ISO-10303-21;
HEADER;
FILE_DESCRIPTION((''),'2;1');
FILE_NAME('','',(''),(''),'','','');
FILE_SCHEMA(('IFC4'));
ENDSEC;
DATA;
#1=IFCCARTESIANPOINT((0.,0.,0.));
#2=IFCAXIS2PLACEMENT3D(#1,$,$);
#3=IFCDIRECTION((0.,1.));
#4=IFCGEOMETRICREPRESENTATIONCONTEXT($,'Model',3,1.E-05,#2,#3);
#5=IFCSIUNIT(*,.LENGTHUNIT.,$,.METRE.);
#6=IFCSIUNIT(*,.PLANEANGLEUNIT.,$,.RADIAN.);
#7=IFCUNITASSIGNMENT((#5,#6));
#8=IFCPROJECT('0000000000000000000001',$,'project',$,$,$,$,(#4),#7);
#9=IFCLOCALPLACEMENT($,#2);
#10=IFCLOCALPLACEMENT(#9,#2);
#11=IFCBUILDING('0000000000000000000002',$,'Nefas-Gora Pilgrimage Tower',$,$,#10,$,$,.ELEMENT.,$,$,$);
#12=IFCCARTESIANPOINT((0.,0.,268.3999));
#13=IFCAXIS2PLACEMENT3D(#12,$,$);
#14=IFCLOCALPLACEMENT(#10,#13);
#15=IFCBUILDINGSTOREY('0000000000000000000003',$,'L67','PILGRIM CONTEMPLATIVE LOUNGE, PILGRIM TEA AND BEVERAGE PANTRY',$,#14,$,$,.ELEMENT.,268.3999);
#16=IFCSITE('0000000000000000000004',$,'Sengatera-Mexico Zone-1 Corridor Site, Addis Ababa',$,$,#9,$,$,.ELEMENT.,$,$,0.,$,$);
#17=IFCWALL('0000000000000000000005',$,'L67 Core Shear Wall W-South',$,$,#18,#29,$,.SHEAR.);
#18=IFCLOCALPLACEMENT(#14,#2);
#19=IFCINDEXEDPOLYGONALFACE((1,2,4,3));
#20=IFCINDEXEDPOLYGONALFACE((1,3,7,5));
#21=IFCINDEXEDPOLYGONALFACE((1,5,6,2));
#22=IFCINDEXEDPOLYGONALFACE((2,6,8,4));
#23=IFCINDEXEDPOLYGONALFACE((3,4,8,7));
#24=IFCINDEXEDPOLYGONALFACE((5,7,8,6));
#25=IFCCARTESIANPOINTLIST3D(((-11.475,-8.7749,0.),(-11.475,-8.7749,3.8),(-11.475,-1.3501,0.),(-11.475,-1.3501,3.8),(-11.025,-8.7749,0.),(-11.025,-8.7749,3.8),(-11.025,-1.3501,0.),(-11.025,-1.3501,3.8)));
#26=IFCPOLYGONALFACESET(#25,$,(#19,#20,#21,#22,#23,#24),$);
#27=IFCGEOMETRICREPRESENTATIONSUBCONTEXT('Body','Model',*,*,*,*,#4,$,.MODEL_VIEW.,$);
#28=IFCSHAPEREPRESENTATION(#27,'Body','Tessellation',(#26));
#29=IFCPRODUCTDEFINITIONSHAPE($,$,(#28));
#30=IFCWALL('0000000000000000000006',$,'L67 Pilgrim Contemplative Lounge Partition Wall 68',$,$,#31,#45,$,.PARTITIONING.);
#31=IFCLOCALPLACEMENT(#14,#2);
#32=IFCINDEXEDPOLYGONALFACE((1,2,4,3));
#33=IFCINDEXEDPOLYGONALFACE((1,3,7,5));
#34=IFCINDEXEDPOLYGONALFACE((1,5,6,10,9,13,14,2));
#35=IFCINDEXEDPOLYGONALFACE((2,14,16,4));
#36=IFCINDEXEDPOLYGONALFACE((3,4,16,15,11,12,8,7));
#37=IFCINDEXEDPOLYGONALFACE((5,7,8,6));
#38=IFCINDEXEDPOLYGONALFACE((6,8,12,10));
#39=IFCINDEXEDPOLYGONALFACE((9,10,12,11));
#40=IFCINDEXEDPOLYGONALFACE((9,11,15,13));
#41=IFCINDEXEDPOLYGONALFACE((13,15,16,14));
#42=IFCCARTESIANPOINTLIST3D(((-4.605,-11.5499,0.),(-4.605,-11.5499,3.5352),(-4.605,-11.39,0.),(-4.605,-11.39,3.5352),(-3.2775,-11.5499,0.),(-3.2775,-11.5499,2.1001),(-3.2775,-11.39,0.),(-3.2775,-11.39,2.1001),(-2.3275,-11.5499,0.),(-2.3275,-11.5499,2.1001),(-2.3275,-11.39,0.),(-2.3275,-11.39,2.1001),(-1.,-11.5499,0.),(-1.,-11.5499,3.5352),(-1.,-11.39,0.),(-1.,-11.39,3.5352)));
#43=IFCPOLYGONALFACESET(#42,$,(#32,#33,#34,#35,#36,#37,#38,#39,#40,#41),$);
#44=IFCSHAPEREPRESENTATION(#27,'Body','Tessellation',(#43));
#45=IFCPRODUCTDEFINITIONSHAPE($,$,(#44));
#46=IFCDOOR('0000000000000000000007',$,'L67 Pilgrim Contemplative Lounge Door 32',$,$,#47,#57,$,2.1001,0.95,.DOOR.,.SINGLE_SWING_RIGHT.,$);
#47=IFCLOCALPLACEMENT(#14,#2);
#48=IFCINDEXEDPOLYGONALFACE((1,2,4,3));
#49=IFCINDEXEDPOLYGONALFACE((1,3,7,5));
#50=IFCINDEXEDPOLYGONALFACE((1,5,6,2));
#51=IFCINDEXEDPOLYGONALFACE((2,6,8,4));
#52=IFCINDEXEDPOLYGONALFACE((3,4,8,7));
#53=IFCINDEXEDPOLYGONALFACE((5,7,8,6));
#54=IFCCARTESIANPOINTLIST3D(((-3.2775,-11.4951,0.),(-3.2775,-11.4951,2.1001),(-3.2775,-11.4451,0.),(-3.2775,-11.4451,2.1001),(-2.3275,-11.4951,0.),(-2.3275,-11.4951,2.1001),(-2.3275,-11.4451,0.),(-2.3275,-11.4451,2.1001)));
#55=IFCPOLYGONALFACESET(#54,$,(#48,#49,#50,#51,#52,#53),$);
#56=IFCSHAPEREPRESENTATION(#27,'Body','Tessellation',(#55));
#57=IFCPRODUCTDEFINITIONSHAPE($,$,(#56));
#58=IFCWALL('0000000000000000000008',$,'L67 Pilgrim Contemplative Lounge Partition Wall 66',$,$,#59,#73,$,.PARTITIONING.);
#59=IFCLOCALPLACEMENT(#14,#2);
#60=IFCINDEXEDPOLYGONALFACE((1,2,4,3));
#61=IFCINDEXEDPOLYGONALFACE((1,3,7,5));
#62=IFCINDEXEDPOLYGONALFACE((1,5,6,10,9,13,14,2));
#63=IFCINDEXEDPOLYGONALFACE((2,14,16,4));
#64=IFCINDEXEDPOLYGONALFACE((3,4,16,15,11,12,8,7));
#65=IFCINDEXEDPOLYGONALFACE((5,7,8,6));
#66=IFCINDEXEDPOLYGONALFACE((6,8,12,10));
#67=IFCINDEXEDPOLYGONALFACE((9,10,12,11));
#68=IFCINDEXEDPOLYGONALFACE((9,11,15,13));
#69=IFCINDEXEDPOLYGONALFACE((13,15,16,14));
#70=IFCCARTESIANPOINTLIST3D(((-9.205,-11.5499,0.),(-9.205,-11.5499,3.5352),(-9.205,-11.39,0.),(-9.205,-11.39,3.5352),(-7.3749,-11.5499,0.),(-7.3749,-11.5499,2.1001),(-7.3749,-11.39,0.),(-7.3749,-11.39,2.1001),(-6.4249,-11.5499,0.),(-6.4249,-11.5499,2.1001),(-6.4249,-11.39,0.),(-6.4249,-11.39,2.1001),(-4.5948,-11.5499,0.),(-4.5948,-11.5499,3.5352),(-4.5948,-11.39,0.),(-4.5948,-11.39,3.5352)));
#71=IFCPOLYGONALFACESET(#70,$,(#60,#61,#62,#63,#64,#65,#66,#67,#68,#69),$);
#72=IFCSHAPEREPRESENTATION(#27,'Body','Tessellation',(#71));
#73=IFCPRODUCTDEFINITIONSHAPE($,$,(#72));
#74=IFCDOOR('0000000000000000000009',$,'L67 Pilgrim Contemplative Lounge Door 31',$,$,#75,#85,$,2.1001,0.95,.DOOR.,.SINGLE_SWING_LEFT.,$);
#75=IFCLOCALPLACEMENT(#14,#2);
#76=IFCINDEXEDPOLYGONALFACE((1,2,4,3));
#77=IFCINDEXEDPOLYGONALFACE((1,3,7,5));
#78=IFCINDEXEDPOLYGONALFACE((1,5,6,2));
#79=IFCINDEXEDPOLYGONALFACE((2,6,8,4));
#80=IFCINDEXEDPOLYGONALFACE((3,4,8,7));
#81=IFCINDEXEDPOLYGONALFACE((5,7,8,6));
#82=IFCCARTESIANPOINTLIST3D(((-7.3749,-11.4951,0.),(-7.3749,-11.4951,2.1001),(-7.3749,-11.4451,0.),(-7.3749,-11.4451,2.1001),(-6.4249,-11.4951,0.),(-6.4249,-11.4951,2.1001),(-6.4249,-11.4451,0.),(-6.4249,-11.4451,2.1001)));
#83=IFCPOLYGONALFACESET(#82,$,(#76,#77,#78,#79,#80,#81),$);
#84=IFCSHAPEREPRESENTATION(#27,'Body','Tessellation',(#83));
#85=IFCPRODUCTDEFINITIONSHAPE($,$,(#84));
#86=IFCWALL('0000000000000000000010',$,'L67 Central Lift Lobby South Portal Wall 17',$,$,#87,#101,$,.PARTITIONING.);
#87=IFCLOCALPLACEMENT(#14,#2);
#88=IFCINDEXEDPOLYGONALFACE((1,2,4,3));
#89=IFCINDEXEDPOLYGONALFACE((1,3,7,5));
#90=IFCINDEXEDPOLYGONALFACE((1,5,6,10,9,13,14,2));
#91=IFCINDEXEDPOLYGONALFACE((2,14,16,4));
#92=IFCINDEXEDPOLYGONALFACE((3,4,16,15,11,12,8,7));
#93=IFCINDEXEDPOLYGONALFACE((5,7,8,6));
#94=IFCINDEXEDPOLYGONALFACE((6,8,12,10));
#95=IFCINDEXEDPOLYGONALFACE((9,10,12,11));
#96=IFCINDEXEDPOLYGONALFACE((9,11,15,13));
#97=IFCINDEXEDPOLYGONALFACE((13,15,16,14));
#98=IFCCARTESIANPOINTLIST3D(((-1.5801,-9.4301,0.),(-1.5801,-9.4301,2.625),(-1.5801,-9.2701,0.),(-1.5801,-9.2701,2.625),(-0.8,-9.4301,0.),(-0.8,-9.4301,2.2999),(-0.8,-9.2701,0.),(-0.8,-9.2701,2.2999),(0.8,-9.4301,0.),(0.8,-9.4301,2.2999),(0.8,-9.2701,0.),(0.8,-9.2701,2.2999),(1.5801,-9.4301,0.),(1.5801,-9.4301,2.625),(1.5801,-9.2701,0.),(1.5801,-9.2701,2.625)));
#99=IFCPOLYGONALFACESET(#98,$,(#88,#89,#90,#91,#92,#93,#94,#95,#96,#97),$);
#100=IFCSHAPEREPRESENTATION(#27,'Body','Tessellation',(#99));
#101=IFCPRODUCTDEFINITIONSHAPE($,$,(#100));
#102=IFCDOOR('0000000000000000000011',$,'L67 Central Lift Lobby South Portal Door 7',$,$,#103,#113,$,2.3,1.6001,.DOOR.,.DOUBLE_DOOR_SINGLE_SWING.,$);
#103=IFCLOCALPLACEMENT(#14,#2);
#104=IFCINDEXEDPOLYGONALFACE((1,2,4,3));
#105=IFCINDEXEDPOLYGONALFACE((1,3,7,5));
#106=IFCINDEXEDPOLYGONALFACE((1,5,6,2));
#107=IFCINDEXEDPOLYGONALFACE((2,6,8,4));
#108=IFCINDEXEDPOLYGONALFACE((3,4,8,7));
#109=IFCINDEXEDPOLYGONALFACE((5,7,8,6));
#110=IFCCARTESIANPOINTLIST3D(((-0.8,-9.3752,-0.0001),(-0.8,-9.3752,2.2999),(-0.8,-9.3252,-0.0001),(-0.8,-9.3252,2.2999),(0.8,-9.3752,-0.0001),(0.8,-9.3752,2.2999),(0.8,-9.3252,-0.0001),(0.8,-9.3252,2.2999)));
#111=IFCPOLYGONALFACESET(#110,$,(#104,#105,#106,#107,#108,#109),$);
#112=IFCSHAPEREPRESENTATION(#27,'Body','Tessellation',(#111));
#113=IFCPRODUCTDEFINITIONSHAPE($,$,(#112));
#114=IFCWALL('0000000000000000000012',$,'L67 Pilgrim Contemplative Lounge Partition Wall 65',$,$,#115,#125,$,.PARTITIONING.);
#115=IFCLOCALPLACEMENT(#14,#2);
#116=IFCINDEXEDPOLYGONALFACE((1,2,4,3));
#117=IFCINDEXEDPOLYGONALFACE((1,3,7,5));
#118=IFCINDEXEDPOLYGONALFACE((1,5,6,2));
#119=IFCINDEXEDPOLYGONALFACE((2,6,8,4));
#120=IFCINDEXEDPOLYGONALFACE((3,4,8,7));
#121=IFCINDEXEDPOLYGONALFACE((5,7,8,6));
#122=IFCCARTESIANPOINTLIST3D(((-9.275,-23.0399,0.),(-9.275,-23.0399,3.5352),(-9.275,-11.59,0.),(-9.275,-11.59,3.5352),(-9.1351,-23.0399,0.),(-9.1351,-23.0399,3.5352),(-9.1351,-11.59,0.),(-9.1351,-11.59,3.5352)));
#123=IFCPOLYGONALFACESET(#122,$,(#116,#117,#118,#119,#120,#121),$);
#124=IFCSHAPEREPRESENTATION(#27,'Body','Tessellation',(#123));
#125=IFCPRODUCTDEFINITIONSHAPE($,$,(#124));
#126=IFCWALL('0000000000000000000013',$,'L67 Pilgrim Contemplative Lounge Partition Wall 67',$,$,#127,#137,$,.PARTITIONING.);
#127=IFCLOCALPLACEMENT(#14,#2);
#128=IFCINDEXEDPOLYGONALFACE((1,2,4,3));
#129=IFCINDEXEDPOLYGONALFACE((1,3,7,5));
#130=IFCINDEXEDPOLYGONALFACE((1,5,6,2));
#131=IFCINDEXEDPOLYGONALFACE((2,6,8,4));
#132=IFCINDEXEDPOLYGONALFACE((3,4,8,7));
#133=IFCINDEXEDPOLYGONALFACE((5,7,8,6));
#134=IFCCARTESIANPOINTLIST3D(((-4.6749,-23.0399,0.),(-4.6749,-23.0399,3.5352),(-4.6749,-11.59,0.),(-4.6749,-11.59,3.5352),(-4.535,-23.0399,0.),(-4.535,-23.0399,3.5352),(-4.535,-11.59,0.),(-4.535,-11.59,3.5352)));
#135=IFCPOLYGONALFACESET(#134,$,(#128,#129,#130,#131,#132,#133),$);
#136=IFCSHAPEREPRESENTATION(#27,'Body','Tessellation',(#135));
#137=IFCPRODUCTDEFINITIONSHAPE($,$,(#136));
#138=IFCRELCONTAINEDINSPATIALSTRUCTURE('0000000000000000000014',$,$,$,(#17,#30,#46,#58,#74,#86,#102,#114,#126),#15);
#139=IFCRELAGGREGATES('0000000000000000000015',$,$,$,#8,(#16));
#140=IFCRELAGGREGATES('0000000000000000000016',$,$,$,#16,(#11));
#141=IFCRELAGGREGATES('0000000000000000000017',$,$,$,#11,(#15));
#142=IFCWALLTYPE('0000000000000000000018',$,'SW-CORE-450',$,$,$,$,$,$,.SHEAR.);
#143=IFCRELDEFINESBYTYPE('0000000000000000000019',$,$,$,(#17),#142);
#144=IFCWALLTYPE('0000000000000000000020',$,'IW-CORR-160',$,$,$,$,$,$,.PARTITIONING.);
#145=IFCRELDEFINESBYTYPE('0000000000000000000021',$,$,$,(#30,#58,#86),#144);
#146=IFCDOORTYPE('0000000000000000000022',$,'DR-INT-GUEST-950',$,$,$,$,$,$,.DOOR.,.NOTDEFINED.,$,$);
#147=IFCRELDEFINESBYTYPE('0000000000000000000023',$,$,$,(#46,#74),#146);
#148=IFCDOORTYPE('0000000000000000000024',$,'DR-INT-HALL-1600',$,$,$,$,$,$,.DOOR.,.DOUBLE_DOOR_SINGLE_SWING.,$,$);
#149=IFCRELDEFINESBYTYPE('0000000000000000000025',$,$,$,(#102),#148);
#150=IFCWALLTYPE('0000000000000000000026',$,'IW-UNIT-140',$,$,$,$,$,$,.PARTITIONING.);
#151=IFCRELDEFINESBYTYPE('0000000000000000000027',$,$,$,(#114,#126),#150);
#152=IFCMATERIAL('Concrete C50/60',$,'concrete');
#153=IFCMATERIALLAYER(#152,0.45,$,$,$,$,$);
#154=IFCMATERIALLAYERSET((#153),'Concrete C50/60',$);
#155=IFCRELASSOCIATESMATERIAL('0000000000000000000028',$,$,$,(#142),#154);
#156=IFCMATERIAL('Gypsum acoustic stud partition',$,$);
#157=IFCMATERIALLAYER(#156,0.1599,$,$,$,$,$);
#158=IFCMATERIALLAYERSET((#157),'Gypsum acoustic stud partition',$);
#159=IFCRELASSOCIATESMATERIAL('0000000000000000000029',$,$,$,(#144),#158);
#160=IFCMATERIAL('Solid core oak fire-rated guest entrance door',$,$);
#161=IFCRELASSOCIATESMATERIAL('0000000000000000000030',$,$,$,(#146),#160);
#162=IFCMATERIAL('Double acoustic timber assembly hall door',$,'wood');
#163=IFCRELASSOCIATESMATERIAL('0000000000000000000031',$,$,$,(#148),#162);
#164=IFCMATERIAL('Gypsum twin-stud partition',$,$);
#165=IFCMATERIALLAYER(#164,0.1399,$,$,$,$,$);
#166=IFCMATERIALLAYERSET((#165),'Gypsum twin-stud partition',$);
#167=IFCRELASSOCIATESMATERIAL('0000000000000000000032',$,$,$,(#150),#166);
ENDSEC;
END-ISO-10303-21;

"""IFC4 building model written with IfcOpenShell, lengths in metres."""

from ifc_helpers import new_model, si_unit, direction, frame, frame_2d, origin, place, context, subcontext, project, spatial, rectangle, extrude, source, transform, mapped, material, layer, layer_set, type_object, element, fill, save


model = new_model("IFC4")

# Units and contexts
model_context = context("Model", 3, precision=1e-05, world=origin(), true_north=direction((0.0, 1.0)))
body_context = subcontext(model_context, "Body", "Model", "MODEL_VIEW")
ifc_project = project(units=[si_unit("LENGTHUNIT", "METRE"), si_unit("PLANEANGLEUNIT", "RADIAN")], contexts=[model_context])

# Site, building, storey
site_placement = place(None, origin())
site = spatial("IfcSite", under=ifc_project, at=site_placement, Name="Sengatera-Mexico Zone-1 Corridor Site, Addis Ababa", CompositionType="ELEMENT", RefElevation=0.0)
building_placement = place(site_placement, origin())
building = spatial("IfcBuilding", under=site, at=building_placement, Name="Nefas-Gora Pilgrimage Tower", CompositionType="ELEMENT")
storey_placement = place(building_placement, frame((0.0, 0.0, 268.3999)))
storey = spatial("IfcBuildingStorey", under=building, at=storey_placement, Name="L67", Description="PILGRIM CONTEMPLATIVE LOUNGE, PILGRIM TEA AND BEVERAGE PANTRY", CompositionType="ELEMENT", Elevation=268.3999)

# Shared definitions
ifc_material_1 = material(Name="Concrete C50/60", Category="concrete")

# Wall
ifc_layer_1 = layer(ifc_material_1, 0.45)
ifc_layer_set_1 = layer_set([ifc_layer_1], Name="Concrete C50/60")
wall_type_1 = type_object("IfcWallType", Name="SW-CORE-450", PredefinedType="SHEAR", material=ifc_layer_set_1)
shared_shape_1 = source(origin(), body_context, "Body", "SweptSolid", [
    extrude(rectangle(XDim=7.4248, YDim=0.45, at=frame_2d((3.7124, 0.0))), origin(), (0.0, 0.0, 1.0), 3.8),
])
wall_1_placement = place(storey_placement, frame((-11.25, -8.7749, 0.0), z_axis=(0.0, 0.0, 1.0), x_axis=(0.0, 1.0, 0.0)))
element("IfcWall", 1, at=wall_1_placement, inside=storey, type_object=wall_type_1, Name="L67 Core Shear Wall W-South", PredefinedType="SHEAR", context=body_context, shape_type="MappedRepresentation", body=[
    mapped(shared_shape_1, transform((0.0, 0.0, 0.0), x_axis=(1.0, 0.0, 0.0), y_axis=(0.0, 1.0, 0.0), z_axis=(0.0, 0.0, 1.0), scale=1.0)),
])

# Walls, openings, doors
ifc_material_2 = material(Name="Gypsum acoustic stud partition")
ifc_layer_2 = layer(ifc_material_2, 0.1599)
ifc_layer_set_2 = layer_set([ifc_layer_2], Name="Gypsum acoustic stud partition")
wall_type_2 = type_object("IfcWallType", Name="IW-CORR-160", PredefinedType="PARTITIONING", material=ifc_layer_set_2)
shared_shape_2 = source(origin(), body_context, "Body", "SweptSolid", [
    extrude(rectangle(XDim=3.605, YDim=0.1599, at=frame_2d((1.8025, 0.0))), origin(), (0.0, 0.0, 1.0), 3.5352),
])
wall_2_placement = place(storey_placement, frame((-4.605, -11.47, 0.0), z_axis=(0.0, 0.0, 1.0), x_axis=(1.0, 0.0, 0.0)))
wall_2 = element("IfcWall", 2, at=wall_2_placement, inside=storey, type_object=wall_type_2, Name="L67 Pilgrim Contemplative Lounge Partition Wall 68", PredefinedType="PARTITIONING", context=body_context, shape_type="MappedRepresentation", body=[
    mapped(shared_shape_2, transform((0.0, 0.0, 0.0), x_axis=(1.0, 0.0, 0.0), y_axis=(0.0, 1.0, 0.0), z_axis=(0.0, 0.0, 1.0), scale=1.0)),
])
opening_1_placement = place(wall_2_placement, frame((1.3274, 0.0, 0.0)))
opening_1 = element("IfcOpeningElement", 3, at=opening_1_placement, cuts=wall_2, PredefinedType="OPENING", context=body_context, shape_type="SweptSolid", body=[
    extrude(rectangle(XDim=0.95, YDim=2.1001, at=frame_2d((0.4751, 1.05))), frame((0.0, 0.0898, 0.0), z_axis=(0.0, -1.0, 0.0), x_axis=(1.0, 0.0, 0.0)), (0.0, 0.0, 1.0), 0.1799),
])
ifc_material_3 = material(Name="Solid core oak fire-rated guest entrance door")
door_type_1 = type_object("IfcDoorType", Name="DR-INT-GUEST-950", OperationType="NOTDEFINED", PredefinedType="DOOR", material=ifc_material_3)
shared_shape_3 = source(origin(), body_context, "Body", "SweptSolid", [
    extrude(rectangle(XDim=0.95, YDim=2.1001, at=frame_2d((0.4751, 1.05))), frame((0.0, 0.0249, 0.0), z_axis=(0.0, -1.0, 0.0), x_axis=(1.0, 0.0, 0.0)), (0.0, 0.0, 1.0), 0.05),
])
door_1_placement = place(opening_1_placement, origin())
door_1 = element("IfcDoor", 4, at=door_1_placement, inside=storey, type_object=door_type_1, Name="L67 Pilgrim Contemplative Lounge Door 32", OperationType="SINGLE_SWING_RIGHT", OverallHeight=2.1001, OverallWidth=0.95, PredefinedType="DOOR", context=body_context, shape_type="MappedRepresentation", body=[
    mapped(shared_shape_3, transform((0.0, 0.0, 0.0), x_axis=(1.0, 0.0, 0.0), y_axis=(0.0, 1.0, 0.0), z_axis=(0.0, 0.0, 1.0), scale=1.0)),
])
fill(opening_1, door_1)
shared_shape_4 = source(origin(), body_context, "Body", "SweptSolid", [
    extrude(rectangle(XDim=4.6101, YDim=0.1599, at=frame_2d((2.3052, 0.0))), origin(), (0.0, 0.0, 1.0), 3.5352),
])
wall_3_placement = place(storey_placement, frame((-9.2051, -11.47, 0.0), z_axis=(0.0, 0.0, 1.0), x_axis=(1.0, 0.0, 0.0)))
wall_3 = element("IfcWall", 5, at=wall_3_placement, inside=storey, type_object=wall_type_2, Name="L67 Pilgrim Contemplative Lounge Partition Wall 66", PredefinedType="PARTITIONING", context=body_context, shape_type="MappedRepresentation", body=[
    mapped(shared_shape_4, transform((0.0, 0.0, 0.0), x_axis=(1.0, 0.0, 0.0), y_axis=(0.0, 1.0, 0.0), z_axis=(0.0, 0.0, 1.0), scale=1.0)),
])
opening_2_placement = place(wall_3_placement, frame((1.8301, 0.0, 0.0)))
opening_2 = element("IfcOpeningElement", 6, at=opening_2_placement, cuts=wall_3, PredefinedType="OPENING", context=body_context, shape_type="SweptSolid", body=[
    extrude(rectangle(XDim=0.95, YDim=2.1001, at=frame_2d((0.4751, 1.05))), frame((0.0, 0.0898, 0.0), z_axis=(0.0, -1.0, 0.0), x_axis=(1.0, 0.0, 0.0)), (0.0, 0.0, 1.0), 0.1799),
])
door_2_placement = place(opening_2_placement, origin())
door_2 = element("IfcDoor", 7, at=door_2_placement, inside=storey, type_object=door_type_1, Name="L67 Pilgrim Contemplative Lounge Door 31", OperationType="SINGLE_SWING_LEFT", OverallHeight=2.1001, OverallWidth=0.95, PredefinedType="DOOR", context=body_context, shape_type="MappedRepresentation", body=[
    mapped(shared_shape_3, transform((0.0, 0.0, 0.0), x_axis=(1.0, 0.0, 0.0), y_axis=(0.0, 1.0, 0.0), z_axis=(0.0, 0.0, 1.0), scale=1.0)),
])
fill(opening_2, door_2)
shared_shape_5 = source(origin(), body_context, "Body", "SweptSolid", [
    extrude(rectangle(XDim=3.1602, YDim=0.1599, at=frame_2d((1.5801, 0.0))), origin(), (0.0, 0.0, 1.0), 2.625),
])
wall_4_placement = place(storey_placement, frame((-1.5801, -9.3501, 0.0), z_axis=(0.0, 0.0, 1.0), x_axis=(1.0, 0.0, 0.0)))
wall_4 = element("IfcWall", 8, at=wall_4_placement, inside=storey, type_object=wall_type_2, Name="L67 Central Lift Lobby South Portal Wall 17", PredefinedType="PARTITIONING", context=body_context, shape_type="MappedRepresentation", body=[
    mapped(shared_shape_5, transform((0.0, 0.0, 0.0), x_axis=(1.0, 0.0, 0.0), y_axis=(0.0, 1.0, 0.0), z_axis=(0.0, 0.0, 1.0), scale=1.0)),
])
opening_3_placement = place(wall_4_placement, frame((0.78, 0.0, 0.0)))
opening_3 = element("IfcOpeningElement", 9, at=opening_3_placement, cuts=wall_4, PredefinedType="OPENING", context=body_context, shape_type="SweptSolid", body=[
    extrude(rectangle(XDim=1.6001, YDim=2.3, at=frame_2d((0.8, 1.1499))), frame((0.0, 0.0898, 0.0), z_axis=(0.0, -1.0, 0.0), x_axis=(1.0, 0.0, 0.0)), (0.0, 0.0, 1.0), 0.1799),
])
ifc_material_4 = material(Name="Double acoustic timber assembly hall door", Category="wood")
door_type_2 = type_object("IfcDoorType", Name="DR-INT-HALL-1600", OperationType="DOUBLE_DOOR_SINGLE_SWING", PredefinedType="DOOR", material=ifc_material_4)
shared_shape_6 = source(origin(), body_context, "Body", "SweptSolid", [
    extrude(rectangle(XDim=1.6001, YDim=2.3, at=frame_2d((0.8, 1.1499))), frame((0.0, 0.0249, 0.0), z_axis=(0.0, -1.0, 0.0), x_axis=(1.0, 0.0, 0.0)), (0.0, 0.0, 1.0), 0.05),
])
door_3_placement = place(opening_3_placement, origin())
door_3 = element("IfcDoor", 10, at=door_3_placement, inside=storey, type_object=door_type_2, Name="L67 Central Lift Lobby South Portal Door 7", OperationType="DOUBLE_DOOR_SINGLE_SWING", OverallHeight=2.3, OverallWidth=1.6001, PredefinedType="DOOR", context=body_context, shape_type="MappedRepresentation", body=[
    mapped(shared_shape_6, transform((0.0, 0.0, 0.0), x_axis=(1.0, 0.0, 0.0), y_axis=(0.0, 1.0, 0.0), z_axis=(0.0, 0.0, 1.0), scale=1.0)),
])
fill(opening_3, door_3)

# Walls
ifc_material_5 = material(Name="Gypsum twin-stud partition")
ifc_layer_3 = layer(ifc_material_5, 0.1399)
ifc_layer_set_3 = layer_set([ifc_layer_3], Name="Gypsum twin-stud partition")
wall_type_3 = type_object("IfcWallType", Name="IW-UNIT-140", PredefinedType="PARTITIONING", material=ifc_layer_set_3)
shared_shape_7 = source(origin(), body_context, "Body", "SweptSolid", [
    extrude(rectangle(XDim=11.45, YDim=0.1399, at=frame_2d((5.7251, 0.0))), origin(), (0.0, 0.0, 1.0), 3.5352),
])
for number, where, z_axis, x_axis, name in (
    (11, (-9.2051, -23.04, 0.0), (0.0, 0.0, 1.0), (0.0, 1.0, 0.0), "L67 Pilgrim Contemplative Lounge Partition Wall 65"),
    (12, (-4.605, -23.04, 0.0), (0.0, 0.0, 1.0), (0.0, 1.0, 0.0), "L67 Pilgrim Contemplative Lounge Partition Wall 67"),
):
    element("IfcWall", number, at=place(storey_placement, frame(where, z_axis=z_axis, x_axis=x_axis)), inside=storey, type_object=wall_type_3, Name=name, PredefinedType="PARTITIONING", context=body_context, shape_type="MappedRepresentation", body=[
        mapped(shared_shape_7, transform((0.0, 0.0, 0.0), x_axis=(1.0, 0.0, 0.0), y_axis=(0.0, 1.0, 0.0), z_axis=(0.0, 0.0, 1.0), scale=1.0)),
    ])

save(model, "model.ifc")
